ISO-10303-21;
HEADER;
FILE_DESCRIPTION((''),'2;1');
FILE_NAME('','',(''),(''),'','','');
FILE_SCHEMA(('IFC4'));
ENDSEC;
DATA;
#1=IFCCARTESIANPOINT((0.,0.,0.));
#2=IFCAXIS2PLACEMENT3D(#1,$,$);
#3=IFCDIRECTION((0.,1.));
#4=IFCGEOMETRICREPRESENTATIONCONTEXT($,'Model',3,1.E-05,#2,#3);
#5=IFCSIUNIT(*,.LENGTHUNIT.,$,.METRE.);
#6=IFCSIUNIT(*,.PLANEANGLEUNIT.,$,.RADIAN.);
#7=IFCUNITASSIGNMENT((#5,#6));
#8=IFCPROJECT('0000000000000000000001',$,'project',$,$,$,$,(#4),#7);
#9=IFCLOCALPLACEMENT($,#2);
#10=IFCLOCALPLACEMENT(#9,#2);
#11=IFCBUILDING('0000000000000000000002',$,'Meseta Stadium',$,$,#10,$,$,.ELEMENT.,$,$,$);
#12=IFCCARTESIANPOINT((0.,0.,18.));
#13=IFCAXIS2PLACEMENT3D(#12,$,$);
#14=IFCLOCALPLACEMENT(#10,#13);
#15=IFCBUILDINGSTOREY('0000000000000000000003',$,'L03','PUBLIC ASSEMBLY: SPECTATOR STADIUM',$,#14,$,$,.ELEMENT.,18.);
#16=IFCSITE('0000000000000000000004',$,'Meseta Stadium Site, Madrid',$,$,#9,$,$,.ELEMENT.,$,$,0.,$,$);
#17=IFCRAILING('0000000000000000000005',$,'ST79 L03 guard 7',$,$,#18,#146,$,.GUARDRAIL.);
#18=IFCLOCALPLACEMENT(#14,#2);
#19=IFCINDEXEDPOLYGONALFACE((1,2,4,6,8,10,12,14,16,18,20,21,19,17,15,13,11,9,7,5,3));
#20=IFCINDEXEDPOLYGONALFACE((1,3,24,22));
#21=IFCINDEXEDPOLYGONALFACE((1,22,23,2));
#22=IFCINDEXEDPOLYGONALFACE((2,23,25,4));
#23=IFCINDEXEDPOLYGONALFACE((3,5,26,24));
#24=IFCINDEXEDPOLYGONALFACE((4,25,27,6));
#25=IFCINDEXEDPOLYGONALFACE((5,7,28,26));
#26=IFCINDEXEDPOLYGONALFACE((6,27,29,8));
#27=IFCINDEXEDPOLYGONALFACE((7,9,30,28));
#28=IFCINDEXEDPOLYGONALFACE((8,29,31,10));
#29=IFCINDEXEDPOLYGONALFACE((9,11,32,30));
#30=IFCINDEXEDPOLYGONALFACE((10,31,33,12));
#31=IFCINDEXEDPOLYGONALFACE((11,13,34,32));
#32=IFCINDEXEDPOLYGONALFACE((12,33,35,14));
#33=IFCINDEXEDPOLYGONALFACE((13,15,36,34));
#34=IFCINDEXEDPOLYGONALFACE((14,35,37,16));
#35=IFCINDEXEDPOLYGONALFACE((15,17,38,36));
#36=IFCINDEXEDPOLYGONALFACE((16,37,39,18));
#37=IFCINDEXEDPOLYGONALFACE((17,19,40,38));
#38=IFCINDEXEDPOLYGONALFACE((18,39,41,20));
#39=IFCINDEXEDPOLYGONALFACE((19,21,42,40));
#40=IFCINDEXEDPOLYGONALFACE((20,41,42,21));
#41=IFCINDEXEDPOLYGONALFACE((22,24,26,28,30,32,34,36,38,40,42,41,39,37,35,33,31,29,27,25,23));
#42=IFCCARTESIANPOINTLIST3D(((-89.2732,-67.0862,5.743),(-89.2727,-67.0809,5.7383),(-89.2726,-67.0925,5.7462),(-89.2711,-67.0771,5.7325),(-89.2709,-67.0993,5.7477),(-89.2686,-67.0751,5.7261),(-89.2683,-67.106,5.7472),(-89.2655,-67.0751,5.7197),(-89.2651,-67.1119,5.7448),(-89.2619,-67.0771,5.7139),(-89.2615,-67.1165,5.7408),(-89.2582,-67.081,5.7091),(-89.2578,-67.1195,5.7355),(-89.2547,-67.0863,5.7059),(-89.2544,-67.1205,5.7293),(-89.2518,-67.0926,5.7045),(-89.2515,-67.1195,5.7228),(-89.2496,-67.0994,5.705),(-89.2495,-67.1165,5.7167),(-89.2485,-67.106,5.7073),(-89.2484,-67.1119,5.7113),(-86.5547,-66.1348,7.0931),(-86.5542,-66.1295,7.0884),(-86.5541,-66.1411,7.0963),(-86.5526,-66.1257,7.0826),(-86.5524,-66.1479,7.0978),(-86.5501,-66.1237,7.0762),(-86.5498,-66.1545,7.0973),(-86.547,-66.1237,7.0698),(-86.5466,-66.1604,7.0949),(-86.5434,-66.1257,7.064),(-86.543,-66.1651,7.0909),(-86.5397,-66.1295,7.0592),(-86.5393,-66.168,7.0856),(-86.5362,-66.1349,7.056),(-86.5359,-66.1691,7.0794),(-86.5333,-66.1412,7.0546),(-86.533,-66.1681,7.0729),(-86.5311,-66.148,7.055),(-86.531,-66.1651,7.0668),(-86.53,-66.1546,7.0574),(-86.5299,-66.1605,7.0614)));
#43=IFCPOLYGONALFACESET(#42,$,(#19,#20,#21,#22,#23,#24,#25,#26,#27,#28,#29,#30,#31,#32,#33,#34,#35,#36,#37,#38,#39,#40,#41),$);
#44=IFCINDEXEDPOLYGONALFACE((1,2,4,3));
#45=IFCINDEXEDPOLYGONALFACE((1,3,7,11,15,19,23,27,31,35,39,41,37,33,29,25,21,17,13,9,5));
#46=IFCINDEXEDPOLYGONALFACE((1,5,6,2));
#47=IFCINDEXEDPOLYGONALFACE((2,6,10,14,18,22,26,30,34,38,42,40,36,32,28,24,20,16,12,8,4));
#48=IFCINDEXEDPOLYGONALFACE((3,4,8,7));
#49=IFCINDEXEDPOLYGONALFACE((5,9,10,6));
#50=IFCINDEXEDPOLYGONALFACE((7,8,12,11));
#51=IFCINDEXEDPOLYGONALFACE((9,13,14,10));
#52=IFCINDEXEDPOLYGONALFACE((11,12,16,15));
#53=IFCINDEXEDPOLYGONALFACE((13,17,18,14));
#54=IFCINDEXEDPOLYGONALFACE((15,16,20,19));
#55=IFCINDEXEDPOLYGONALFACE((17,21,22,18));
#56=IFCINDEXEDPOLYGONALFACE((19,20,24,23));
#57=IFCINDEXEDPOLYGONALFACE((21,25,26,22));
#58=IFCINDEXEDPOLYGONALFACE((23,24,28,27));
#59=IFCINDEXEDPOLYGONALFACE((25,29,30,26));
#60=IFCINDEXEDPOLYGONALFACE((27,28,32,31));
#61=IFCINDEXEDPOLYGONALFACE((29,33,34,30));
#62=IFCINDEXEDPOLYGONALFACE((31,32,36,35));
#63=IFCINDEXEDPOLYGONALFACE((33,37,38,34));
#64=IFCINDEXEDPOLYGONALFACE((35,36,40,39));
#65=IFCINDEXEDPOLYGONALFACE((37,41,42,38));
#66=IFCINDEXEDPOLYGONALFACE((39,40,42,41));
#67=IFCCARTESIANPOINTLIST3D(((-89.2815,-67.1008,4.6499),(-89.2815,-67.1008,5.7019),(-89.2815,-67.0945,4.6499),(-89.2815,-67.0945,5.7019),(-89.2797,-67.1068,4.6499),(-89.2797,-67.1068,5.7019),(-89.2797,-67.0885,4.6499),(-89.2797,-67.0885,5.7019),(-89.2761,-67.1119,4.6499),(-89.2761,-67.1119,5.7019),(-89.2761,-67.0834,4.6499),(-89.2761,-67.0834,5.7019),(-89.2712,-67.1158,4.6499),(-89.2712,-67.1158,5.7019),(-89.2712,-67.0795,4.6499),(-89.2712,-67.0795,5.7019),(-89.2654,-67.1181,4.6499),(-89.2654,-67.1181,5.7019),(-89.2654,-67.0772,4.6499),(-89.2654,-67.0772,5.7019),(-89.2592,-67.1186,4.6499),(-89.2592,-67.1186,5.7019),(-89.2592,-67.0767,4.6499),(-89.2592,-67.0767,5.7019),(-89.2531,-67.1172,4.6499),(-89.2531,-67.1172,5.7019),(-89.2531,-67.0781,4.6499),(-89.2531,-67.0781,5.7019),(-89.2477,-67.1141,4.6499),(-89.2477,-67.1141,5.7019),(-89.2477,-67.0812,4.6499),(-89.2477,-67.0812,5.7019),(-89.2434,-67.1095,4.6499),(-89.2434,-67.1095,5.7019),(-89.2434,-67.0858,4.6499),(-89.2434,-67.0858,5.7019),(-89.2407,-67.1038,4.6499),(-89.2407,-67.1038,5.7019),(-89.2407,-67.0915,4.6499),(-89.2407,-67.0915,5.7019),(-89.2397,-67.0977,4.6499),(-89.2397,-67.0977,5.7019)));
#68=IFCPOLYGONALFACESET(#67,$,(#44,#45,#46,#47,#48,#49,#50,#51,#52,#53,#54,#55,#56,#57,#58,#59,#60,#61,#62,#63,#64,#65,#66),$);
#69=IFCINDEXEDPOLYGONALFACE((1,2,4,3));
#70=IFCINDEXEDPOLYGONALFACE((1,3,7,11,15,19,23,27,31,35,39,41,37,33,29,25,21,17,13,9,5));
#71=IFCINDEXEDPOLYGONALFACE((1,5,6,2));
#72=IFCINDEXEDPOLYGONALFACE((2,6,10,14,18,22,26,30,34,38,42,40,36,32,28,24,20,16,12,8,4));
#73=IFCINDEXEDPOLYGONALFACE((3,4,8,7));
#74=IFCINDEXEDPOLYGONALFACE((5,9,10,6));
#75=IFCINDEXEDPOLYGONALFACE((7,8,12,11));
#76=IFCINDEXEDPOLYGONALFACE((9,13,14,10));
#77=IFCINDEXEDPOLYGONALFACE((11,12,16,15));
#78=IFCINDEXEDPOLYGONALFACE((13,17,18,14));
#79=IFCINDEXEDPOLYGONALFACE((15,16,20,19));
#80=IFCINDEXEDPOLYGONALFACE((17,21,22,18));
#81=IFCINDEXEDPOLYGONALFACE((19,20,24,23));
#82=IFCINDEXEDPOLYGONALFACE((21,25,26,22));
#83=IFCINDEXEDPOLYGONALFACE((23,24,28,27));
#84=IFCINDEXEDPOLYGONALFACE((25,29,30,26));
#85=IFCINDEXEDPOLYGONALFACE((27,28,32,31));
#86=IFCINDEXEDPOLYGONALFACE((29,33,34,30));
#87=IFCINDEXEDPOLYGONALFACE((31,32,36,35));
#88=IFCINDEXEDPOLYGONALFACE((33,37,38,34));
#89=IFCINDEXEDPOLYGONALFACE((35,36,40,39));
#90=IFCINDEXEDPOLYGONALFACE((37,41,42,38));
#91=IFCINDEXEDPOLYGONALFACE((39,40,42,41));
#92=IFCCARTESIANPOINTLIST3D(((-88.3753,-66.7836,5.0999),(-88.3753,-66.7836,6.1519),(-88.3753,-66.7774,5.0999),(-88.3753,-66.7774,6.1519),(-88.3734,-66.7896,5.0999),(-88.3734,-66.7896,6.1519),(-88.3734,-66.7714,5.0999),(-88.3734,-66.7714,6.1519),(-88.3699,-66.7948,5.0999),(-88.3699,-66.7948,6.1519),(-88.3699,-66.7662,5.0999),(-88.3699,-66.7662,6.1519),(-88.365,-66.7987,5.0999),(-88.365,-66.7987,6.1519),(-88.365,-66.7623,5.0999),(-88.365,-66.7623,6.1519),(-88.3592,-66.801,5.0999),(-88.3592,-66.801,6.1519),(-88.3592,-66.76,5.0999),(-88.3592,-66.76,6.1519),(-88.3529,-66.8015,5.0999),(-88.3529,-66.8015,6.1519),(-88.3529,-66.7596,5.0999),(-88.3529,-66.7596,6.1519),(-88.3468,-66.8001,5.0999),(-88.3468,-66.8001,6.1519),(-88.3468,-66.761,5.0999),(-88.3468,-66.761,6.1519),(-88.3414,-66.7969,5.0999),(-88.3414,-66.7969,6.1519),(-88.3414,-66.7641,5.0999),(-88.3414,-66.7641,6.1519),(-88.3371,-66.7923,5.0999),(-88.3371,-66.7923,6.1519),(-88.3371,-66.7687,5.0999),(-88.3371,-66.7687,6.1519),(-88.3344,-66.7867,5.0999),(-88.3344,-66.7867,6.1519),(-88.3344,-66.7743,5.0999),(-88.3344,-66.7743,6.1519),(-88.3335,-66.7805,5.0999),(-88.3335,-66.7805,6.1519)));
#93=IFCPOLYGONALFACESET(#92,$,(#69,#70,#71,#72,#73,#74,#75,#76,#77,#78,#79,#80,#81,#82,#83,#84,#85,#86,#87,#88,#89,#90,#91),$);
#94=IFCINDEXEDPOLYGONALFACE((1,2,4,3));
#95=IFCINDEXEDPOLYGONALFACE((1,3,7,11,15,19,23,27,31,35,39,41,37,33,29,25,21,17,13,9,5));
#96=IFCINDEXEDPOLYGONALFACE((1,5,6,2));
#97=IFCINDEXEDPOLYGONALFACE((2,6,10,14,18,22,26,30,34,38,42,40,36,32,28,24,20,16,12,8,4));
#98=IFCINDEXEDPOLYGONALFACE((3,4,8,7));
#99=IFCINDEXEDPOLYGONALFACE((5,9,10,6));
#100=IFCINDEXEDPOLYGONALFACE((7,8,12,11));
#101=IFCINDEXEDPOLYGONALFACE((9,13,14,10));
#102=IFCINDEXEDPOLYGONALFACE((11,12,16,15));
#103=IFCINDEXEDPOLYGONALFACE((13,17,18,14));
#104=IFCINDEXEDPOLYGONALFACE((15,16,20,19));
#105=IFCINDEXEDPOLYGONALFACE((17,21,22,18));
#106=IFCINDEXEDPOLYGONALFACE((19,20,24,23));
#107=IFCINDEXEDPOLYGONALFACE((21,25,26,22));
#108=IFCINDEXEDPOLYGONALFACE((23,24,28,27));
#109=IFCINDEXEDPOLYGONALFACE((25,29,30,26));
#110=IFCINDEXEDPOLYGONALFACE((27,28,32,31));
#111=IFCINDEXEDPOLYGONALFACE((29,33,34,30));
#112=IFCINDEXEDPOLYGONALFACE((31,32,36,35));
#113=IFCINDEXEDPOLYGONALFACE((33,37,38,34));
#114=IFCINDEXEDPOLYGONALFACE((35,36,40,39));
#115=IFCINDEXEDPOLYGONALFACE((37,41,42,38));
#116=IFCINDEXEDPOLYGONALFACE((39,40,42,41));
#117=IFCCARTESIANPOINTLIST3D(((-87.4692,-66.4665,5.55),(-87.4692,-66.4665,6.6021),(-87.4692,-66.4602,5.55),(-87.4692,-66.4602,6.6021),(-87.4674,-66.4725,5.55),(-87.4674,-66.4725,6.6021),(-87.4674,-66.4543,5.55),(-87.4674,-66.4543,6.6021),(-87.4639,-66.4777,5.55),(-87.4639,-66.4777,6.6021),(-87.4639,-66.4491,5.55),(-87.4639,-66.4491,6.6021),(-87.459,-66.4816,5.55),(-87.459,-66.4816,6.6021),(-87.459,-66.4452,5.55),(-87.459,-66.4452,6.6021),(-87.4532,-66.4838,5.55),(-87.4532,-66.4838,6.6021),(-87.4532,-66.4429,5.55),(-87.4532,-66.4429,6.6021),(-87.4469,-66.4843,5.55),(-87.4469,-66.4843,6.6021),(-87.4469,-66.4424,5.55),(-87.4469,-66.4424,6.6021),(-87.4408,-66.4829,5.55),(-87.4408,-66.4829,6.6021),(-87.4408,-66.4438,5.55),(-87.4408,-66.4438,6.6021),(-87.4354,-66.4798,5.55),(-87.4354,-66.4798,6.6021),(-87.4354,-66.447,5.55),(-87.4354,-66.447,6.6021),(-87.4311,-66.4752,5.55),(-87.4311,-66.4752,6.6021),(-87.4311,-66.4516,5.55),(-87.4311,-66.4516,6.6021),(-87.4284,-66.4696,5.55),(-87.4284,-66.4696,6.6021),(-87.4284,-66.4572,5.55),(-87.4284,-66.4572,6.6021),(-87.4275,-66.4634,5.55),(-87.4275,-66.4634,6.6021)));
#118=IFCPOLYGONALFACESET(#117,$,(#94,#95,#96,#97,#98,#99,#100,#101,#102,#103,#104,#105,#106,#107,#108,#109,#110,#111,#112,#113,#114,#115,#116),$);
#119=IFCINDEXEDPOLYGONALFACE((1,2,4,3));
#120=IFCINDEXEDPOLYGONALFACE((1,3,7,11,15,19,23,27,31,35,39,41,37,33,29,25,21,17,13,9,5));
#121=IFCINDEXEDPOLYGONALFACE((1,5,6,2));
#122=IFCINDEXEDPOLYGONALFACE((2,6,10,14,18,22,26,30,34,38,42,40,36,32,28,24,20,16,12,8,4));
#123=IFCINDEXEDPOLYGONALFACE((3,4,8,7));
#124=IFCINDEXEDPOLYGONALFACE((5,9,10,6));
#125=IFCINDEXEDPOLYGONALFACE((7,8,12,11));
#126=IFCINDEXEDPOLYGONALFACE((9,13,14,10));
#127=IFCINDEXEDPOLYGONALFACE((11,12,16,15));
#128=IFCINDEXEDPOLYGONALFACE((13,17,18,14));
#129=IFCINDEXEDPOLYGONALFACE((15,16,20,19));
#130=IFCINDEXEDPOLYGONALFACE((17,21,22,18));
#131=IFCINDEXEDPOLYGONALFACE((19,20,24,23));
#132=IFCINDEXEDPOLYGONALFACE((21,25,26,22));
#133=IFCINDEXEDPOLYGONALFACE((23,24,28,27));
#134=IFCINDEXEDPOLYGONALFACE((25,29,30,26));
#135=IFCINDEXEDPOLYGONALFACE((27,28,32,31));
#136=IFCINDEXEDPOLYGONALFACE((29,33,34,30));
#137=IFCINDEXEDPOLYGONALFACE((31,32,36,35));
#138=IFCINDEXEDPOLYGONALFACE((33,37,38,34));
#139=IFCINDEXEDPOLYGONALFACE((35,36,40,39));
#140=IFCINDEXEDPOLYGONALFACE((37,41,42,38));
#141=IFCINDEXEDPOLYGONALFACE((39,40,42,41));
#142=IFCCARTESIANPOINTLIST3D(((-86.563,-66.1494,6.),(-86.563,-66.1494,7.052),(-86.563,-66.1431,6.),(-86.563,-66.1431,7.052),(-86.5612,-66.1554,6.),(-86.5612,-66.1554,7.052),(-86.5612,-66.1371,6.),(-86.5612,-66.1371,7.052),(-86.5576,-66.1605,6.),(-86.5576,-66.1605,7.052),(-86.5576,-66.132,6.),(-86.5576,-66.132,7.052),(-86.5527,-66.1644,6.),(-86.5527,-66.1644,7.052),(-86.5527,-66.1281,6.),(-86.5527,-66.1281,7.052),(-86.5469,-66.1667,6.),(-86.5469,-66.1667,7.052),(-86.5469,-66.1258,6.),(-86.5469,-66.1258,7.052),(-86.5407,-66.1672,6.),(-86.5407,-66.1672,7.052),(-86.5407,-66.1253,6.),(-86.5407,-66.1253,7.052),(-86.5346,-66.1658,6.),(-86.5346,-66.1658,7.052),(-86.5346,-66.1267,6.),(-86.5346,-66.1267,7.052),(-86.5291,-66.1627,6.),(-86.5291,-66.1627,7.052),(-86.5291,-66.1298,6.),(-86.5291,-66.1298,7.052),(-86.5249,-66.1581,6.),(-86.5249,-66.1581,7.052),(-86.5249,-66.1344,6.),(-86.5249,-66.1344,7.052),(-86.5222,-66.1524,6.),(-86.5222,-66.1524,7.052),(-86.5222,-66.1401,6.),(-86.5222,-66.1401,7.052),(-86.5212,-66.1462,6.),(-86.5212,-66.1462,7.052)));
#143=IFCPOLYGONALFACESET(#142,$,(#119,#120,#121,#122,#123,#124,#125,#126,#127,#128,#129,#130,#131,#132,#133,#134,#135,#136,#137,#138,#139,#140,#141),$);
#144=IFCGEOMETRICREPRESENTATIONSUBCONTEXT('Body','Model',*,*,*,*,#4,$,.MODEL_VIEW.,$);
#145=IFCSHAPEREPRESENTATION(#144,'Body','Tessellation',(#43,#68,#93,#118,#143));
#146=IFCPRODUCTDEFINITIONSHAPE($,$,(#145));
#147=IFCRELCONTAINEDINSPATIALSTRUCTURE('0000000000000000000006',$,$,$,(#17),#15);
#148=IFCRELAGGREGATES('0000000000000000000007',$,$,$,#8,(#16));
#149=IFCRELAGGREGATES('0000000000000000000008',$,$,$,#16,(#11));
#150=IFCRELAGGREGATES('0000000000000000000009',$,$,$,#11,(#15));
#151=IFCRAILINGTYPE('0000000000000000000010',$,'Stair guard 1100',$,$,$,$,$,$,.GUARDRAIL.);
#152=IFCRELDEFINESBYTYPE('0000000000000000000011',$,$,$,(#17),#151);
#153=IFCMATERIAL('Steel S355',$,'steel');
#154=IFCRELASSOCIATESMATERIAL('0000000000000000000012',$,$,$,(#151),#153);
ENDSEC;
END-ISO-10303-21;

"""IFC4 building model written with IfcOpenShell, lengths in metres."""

from ifc_helpers import new_model, si_unit, direction, frame, origin, origin_2d, place, context, subcontext, project, spatial, circle, extrude, material, type_object, element, save


model = new_model("IFC4")

# Units and contexts
model_context = context("Model", 3, precision=1e-05, world=origin(), true_north=direction((0.0, 1.0)))
body_context = subcontext(model_context, "Body", "Model", "MODEL_VIEW")
ifc_project = project(units=[si_unit("LENGTHUNIT", "METRE"), si_unit("PLANEANGLEUNIT", "RADIAN")], contexts=[model_context])

# Site, building, storey
site_placement = place(None, origin())
site = spatial("IfcSite", under=ifc_project, at=site_placement, Name="Meseta Stadium Site, Madrid", CompositionType="ELEMENT", RefElevation=0.0)
building_placement = place(site_placement, origin())
building = spatial("IfcBuilding", under=site, at=building_placement, Name="Meseta Stadium", CompositionType="ELEMENT")
storey_placement = place(building_placement, frame((0.0, 0.0, 18.0)))
storey = spatial("IfcBuildingStorey", under=building, at=storey_placement, Name="L03", Description="PUBLIC ASSEMBLY: SPECTATOR STADIUM", CompositionType="ELEMENT", Elevation=18.0)

# Railing
ifc_material_1 = material(Name="Steel S355", Category="steel")
railing_type_1 = type_object("IfcRailingType", Name="Stair guard 1100", PredefinedType="GUARDRAIL", material=ifc_material_1)
railing_1_placement = place(storey_placement, frame((-89.2607, -67.0977, 4.6499)))
element("IfcRailing", 1, at=railing_1_placement, inside=storey, type_object=railing_type_1, Name="ST79 L03 guard 7", PredefinedType="GUARDRAIL", context=body_context, shape_type="SweptSolid", body=[
    extrude(circle(Radius=0.0239, at=origin_2d()), frame((0.0, 0.0, 1.0762), z_axis=(0.85463, 0.299101, 0.424437), x_axis=(-0.330332, 0.943865, 0.0)), (0.0, 0.0, 1.0), 3.1809),
    extrude(circle(Radius=0.021, at=origin_2d()), origin(), (0.0, 0.0, 1.0), 1.052),
    extrude(circle(Radius=0.021, at=origin_2d()), frame((0.9062, 0.3171, 0.45)), (0.0, 0.0, 1.0), 1.052),
    extrude(circle(Radius=0.021, at=origin_2d()), frame((1.8123, 0.6343, 0.9001)), (0.0, 0.0, 1.0), 1.052),
    extrude(circle(Radius=0.021, at=origin_2d()), frame((2.7185, 0.9514, 1.3501)), (0.0, 0.0, 1.0), 1.052),
])

save(model, "model.ifc")
